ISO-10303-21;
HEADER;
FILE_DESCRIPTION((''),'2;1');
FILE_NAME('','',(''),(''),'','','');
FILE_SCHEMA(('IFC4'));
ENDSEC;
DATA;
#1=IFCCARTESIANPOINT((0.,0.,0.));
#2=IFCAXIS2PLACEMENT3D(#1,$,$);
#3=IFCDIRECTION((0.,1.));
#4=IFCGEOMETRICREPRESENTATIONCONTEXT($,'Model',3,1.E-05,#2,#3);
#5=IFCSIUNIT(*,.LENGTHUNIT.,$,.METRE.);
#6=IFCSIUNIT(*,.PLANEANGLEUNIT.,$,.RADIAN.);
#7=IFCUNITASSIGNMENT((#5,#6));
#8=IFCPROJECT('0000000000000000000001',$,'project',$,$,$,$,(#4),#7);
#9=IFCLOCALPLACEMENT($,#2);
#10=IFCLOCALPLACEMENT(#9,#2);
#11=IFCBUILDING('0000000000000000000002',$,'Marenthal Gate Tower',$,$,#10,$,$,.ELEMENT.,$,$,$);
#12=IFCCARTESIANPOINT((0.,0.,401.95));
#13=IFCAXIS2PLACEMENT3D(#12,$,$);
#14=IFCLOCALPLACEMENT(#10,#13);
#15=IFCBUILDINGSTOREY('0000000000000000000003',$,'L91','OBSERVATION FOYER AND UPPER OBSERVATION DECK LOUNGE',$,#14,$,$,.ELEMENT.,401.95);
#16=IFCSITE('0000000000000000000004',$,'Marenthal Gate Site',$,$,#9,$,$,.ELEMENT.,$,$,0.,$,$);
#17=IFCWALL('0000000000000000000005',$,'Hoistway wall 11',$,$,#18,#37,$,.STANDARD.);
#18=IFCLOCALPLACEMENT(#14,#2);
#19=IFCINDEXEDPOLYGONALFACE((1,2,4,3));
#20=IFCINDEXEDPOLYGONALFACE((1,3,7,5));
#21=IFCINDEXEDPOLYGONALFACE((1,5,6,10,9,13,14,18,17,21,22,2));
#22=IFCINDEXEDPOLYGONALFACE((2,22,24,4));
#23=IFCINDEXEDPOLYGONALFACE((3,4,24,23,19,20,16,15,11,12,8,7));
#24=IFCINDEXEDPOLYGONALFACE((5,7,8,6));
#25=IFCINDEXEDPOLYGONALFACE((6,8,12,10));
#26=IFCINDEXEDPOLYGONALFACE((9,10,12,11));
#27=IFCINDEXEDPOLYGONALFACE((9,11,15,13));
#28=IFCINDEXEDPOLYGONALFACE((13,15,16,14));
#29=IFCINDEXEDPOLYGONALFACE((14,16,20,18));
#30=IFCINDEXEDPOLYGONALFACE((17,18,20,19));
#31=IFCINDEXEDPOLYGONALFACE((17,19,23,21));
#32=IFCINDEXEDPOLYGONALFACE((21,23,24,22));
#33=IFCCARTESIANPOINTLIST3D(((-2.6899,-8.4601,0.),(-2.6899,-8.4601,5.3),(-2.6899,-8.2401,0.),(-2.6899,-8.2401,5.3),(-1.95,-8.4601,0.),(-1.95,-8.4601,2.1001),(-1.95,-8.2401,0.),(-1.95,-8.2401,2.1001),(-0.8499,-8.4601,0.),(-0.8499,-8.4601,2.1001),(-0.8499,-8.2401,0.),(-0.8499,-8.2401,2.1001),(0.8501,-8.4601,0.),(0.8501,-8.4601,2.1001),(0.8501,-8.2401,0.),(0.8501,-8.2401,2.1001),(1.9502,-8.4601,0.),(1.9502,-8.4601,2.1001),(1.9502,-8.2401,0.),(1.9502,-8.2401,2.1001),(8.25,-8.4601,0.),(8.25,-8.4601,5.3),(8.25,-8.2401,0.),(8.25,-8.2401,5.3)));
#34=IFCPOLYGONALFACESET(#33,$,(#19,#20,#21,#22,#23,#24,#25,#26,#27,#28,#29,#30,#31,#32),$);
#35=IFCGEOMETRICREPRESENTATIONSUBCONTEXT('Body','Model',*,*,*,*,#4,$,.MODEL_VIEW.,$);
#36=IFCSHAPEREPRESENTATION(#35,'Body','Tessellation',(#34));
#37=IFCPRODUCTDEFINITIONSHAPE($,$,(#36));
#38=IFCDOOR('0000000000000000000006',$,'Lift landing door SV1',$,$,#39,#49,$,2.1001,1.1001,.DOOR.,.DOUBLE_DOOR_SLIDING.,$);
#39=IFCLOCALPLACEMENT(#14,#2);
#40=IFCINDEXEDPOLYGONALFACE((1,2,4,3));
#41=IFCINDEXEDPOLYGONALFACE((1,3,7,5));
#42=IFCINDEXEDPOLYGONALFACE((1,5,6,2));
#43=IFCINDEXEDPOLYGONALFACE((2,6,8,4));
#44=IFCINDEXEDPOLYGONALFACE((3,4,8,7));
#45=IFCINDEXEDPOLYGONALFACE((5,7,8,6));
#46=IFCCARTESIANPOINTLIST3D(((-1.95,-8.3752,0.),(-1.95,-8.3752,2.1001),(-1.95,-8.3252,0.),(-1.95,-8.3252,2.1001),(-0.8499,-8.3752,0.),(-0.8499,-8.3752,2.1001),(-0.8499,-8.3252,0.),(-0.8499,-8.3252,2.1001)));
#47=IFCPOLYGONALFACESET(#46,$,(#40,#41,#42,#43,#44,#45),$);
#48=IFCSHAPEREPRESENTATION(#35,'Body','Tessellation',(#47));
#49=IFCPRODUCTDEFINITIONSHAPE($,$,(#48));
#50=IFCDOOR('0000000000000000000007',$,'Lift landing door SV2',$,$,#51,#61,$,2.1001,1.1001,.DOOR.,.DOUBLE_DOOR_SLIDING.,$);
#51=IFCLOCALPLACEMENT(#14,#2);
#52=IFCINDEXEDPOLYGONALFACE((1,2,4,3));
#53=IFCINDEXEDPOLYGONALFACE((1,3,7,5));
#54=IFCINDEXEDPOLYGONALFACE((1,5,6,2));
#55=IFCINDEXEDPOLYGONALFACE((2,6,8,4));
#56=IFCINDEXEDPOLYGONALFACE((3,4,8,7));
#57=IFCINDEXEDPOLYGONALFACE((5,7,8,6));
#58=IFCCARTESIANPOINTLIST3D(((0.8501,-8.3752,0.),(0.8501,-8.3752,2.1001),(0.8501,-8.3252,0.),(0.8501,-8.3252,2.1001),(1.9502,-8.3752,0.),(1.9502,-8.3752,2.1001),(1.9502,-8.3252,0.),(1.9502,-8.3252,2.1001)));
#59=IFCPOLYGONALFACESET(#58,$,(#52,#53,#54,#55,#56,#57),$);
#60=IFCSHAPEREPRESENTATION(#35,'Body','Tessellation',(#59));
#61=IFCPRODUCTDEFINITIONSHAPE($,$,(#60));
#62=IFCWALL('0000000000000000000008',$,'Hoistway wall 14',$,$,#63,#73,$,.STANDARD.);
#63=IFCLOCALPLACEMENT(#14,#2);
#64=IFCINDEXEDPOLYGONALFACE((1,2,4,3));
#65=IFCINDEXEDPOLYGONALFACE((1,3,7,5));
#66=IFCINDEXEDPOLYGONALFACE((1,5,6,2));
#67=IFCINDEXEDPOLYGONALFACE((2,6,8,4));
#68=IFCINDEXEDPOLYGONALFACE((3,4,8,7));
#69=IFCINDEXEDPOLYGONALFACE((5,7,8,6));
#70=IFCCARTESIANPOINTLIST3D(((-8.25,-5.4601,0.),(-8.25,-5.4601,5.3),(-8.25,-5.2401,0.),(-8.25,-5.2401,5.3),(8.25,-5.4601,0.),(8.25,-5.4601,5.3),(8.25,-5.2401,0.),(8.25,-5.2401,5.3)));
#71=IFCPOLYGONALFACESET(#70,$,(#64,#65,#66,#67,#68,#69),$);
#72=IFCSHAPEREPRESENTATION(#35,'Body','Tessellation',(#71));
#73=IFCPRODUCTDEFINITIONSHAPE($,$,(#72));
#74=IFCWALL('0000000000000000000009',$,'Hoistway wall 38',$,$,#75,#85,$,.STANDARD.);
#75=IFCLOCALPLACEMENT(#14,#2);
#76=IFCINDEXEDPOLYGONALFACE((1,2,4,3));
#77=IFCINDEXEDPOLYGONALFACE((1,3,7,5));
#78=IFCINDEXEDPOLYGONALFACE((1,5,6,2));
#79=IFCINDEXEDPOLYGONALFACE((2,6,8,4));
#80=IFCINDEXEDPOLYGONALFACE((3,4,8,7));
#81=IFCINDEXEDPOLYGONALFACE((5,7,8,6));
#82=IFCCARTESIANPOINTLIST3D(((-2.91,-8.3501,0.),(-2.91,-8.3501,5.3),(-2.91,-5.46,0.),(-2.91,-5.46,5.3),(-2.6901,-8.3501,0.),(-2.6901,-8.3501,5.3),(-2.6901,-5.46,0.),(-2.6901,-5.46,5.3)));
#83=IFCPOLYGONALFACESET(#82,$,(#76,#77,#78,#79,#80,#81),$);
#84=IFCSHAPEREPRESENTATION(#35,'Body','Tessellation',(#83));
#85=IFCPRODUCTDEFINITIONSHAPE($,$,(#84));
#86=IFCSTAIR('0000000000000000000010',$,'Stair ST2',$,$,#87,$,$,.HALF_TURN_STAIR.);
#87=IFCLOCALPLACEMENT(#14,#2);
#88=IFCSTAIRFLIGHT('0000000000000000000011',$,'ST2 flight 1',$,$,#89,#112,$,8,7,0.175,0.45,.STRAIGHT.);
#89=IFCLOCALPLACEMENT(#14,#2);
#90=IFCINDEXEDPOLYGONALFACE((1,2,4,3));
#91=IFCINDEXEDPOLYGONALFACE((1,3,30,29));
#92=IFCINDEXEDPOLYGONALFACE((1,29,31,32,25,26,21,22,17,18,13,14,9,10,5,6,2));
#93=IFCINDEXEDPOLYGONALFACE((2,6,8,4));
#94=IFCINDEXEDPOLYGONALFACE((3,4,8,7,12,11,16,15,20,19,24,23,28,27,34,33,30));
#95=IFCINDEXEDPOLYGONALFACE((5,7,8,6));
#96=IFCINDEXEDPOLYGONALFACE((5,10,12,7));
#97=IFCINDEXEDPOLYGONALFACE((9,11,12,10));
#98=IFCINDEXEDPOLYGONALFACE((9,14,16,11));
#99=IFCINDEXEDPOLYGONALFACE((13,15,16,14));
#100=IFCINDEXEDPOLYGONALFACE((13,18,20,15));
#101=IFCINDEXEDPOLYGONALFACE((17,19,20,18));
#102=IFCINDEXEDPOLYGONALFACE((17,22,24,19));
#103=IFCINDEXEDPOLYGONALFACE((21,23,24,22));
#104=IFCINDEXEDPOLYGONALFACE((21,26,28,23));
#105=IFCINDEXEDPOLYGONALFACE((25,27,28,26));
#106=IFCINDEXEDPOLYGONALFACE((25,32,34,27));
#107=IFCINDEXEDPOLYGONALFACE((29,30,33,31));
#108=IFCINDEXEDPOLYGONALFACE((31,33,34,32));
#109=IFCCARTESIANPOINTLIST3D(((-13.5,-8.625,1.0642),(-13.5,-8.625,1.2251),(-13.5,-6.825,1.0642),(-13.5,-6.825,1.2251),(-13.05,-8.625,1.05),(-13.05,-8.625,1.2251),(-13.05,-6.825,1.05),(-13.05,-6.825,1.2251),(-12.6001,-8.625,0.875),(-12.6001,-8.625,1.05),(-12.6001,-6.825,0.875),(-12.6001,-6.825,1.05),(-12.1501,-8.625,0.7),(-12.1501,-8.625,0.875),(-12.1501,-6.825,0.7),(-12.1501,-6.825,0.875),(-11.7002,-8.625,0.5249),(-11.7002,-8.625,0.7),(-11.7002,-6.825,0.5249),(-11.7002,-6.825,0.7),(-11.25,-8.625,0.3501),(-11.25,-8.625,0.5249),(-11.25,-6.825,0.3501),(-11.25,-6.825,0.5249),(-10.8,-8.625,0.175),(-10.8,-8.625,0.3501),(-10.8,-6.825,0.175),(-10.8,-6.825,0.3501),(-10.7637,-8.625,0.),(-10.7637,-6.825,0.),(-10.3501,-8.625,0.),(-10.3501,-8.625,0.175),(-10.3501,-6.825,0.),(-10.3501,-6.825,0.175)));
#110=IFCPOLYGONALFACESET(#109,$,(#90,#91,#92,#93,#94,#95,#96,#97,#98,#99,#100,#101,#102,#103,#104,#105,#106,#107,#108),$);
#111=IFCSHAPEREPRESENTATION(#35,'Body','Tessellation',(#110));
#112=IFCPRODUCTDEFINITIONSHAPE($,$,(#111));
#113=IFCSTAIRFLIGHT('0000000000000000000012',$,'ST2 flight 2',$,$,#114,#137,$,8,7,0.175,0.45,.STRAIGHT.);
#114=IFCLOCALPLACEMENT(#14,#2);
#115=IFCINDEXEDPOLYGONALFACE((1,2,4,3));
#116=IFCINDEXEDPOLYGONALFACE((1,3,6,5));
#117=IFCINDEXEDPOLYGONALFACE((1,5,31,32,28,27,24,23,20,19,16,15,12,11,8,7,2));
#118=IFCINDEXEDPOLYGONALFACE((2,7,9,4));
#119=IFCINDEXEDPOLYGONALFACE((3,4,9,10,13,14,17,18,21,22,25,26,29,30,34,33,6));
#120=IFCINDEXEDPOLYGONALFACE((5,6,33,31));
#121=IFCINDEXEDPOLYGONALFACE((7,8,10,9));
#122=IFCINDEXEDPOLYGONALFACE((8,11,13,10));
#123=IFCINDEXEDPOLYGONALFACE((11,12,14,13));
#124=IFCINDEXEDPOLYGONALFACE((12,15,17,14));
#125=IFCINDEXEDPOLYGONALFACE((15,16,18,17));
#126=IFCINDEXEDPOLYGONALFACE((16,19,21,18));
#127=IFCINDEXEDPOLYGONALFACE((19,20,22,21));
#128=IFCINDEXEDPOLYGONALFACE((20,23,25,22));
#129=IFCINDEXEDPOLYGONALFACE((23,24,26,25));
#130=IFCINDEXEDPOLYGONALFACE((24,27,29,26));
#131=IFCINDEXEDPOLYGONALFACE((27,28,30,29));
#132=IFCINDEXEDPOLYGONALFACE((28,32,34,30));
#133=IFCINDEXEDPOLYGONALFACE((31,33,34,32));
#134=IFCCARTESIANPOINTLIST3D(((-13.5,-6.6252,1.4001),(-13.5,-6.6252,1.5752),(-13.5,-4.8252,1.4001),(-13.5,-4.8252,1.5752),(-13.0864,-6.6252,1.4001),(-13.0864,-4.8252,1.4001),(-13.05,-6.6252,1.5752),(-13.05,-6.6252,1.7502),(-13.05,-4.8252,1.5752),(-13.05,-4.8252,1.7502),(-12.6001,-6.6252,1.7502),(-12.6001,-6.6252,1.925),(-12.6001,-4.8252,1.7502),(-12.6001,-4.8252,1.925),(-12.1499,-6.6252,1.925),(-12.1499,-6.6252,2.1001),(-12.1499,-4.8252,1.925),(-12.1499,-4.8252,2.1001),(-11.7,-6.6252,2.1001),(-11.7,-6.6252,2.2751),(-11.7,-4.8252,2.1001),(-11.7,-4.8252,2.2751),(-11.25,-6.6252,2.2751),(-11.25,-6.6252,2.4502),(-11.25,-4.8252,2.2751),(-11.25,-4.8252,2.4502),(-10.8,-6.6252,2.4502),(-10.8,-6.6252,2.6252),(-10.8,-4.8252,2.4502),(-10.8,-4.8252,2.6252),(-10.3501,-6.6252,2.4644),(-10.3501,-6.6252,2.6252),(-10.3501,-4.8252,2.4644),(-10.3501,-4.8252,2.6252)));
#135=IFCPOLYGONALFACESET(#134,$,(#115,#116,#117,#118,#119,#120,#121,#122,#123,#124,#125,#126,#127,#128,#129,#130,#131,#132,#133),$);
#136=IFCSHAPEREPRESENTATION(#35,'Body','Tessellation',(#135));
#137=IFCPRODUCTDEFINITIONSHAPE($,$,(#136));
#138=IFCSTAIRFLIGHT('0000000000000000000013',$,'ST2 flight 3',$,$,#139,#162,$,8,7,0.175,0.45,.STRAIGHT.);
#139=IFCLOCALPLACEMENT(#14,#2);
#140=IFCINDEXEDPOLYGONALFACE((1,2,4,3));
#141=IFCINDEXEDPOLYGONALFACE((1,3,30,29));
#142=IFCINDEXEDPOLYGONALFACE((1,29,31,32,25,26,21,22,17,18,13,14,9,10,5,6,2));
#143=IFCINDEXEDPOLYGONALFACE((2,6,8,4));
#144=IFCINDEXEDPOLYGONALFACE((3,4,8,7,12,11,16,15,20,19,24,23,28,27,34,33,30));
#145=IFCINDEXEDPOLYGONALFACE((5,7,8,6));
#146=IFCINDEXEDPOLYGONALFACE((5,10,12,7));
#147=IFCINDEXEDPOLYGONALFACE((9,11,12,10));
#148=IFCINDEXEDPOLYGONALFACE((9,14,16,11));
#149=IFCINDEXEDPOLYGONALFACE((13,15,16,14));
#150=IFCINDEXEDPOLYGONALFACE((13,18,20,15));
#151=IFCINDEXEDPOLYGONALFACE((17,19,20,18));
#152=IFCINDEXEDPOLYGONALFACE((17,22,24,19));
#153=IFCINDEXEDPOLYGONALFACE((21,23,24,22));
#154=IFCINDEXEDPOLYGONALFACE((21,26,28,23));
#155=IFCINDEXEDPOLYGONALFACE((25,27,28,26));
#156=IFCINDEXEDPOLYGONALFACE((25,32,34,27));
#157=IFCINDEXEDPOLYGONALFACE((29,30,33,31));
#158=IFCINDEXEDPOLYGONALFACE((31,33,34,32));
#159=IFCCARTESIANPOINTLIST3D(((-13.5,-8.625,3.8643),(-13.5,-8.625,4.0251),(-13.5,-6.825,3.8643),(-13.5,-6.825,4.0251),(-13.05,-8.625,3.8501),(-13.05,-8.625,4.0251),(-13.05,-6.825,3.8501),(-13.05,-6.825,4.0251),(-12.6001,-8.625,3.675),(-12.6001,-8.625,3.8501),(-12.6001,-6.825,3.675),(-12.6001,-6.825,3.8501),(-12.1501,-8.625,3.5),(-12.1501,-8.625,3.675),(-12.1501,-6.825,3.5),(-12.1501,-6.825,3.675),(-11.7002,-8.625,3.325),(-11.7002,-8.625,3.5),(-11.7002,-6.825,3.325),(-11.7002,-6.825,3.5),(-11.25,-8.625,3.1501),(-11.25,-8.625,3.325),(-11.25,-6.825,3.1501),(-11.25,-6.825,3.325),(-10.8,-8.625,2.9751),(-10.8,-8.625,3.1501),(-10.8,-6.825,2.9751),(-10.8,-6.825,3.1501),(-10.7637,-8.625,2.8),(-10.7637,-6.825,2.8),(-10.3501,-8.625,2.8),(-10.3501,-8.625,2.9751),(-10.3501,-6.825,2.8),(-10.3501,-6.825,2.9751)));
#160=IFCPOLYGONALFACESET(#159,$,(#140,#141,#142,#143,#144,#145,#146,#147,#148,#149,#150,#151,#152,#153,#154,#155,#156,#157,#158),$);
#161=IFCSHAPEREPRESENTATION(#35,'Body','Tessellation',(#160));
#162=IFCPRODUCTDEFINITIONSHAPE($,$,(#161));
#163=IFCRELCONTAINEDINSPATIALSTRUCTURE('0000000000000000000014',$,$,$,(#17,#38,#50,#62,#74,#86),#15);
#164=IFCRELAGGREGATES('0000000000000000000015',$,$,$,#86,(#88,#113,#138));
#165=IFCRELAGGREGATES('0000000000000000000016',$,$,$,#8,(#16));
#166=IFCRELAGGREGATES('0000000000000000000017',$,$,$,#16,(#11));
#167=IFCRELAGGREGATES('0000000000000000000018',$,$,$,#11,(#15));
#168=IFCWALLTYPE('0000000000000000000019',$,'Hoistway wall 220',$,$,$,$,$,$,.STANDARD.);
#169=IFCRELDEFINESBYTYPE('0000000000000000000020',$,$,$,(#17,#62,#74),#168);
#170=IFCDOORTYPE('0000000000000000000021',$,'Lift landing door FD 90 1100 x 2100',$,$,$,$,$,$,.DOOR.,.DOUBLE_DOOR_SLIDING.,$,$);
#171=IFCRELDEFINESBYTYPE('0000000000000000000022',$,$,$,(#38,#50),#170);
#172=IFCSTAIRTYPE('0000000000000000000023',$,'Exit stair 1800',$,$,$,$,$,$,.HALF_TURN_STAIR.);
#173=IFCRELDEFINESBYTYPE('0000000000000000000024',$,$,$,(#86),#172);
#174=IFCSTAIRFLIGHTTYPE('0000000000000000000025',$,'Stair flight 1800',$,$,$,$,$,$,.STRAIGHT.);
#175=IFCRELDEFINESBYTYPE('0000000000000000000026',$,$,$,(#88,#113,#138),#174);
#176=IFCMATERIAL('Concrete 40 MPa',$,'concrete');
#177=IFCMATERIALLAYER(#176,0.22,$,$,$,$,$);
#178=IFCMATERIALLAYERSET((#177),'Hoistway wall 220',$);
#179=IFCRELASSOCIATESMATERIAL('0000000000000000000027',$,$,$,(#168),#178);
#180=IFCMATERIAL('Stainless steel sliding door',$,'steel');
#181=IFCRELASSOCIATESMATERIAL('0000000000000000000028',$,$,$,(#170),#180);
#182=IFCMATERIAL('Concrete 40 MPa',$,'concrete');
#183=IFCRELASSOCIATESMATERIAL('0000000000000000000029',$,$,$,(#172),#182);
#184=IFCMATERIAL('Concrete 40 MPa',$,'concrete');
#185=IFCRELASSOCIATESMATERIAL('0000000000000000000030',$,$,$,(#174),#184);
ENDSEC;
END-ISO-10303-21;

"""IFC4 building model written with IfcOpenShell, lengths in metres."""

from ifc_helpers import new_model, si_unit, direction, frame, frame_2d, origin, place, context, subcontext, project, spatial, polyline, rectangle, outline, extrude, material, layer, layer_set, type_object, element, fill, aggregate, save


model = new_model("IFC4")

# Units and contexts
model_context = context("Model", 3, precision=1e-05, world=origin(), true_north=direction((0.0, 1.0)))
body_context = subcontext(model_context, "Body", "Model", "MODEL_VIEW")
ifc_project = project(units=[si_unit("LENGTHUNIT", "METRE"), si_unit("PLANEANGLEUNIT", "RADIAN")], contexts=[model_context])

# Site, building, storey
site_placement = place(None, origin())
site = spatial("IfcSite", under=ifc_project, at=site_placement, Name="Marenthal Gate Site", CompositionType="ELEMENT", RefElevation=0.0)
building_placement = place(site_placement, origin())
building = spatial("IfcBuilding", under=site, at=building_placement, Name="Marenthal Gate Tower", CompositionType="ELEMENT")
storey_placement = place(building_placement, frame((0.0, 0.0, 401.95)))
storey = spatial("IfcBuildingStorey", under=building, at=storey_placement, Name="L91", Description="OBSERVATION FOYER AND UPPER OBSERVATION DECK LOUNGE", CompositionType="ELEMENT", Elevation=401.95)

# Wall, openings, doors
ifc_material_1 = material(Name="Concrete 40 MPa", Category="concrete")
ifc_layer_1 = layer(ifc_material_1, 0.22)
ifc_layer_set_1 = layer_set([ifc_layer_1], Name="Hoistway wall 220")
wall_type_1 = type_object("IfcWallType", Name="Hoistway wall 220", PredefinedType="STANDARD", material=ifc_layer_set_1)
ifc_material_2 = material(Name="Stainless steel sliding door", Category="steel")
door_type_1 = type_object("IfcDoorType", Name="Lift landing door FD 90 1100 x 2100", OperationType="DOUBLE_DOOR_SLIDING", PredefinedType="DOOR", material=ifc_material_2)
wall_1_placement = place(storey_placement, frame((-2.6899, -8.3501, 0.0), z_axis=(0.0, 0.0, 1.0), x_axis=(1.0, 0.0, 0.0)))
wall_1 = element("IfcWall", 1, at=wall_1_placement, inside=storey, type_object=wall_type_1, Name="Hoistway wall 11", PredefinedType="STANDARD", context=body_context, shape_type="SweptSolid", body=[
    extrude(rectangle(XDim=10.9399, YDim=0.22, at=frame_2d((5.47, 0.0))), origin(), (0.0, 0.0, 1.0), 5.3),
])
opening_1_placement = place(wall_1_placement, frame((0.74, 0.0, 0.0)))
opening_1 = element("IfcOpeningElement", 2, at=opening_1_placement, cuts=wall_1, PredefinedType="OPENING", context=body_context, shape_type="SweptSolid", body=[
    extrude(rectangle(XDim=1.1001, YDim=2.1001, at=frame_2d((0.55, 1.05))), frame((0.0, 0.1201, 0.0), z_axis=(0.0, -1.0, 0.0), x_axis=(1.0, 0.0, 0.0)), (0.0, 0.0, 1.0), 0.24),
])
opening_2_placement = place(wall_1_placement, frame((3.54, 0.0, 0.0)))
opening_2 = element("IfcOpeningElement", 3, at=opening_2_placement, cuts=wall_1, PredefinedType="OPENING", context=body_context, shape_type="SweptSolid", body=[
    extrude(rectangle(XDim=1.1001, YDim=2.1001, at=frame_2d((0.55, 1.05))), frame((0.0, 0.1201, 0.0), z_axis=(0.0, -1.0, 0.0), x_axis=(1.0, 0.0, 0.0)), (0.0, 0.0, 1.0), 0.24),
])
door_1_placement = place(opening_1_placement, origin())
door_1 = element("IfcDoor", 4, at=door_1_placement, inside=storey, type_object=door_type_1, Name="Lift landing door SV1", OperationType="DOUBLE_DOOR_SLIDING", OverallHeight=2.1001, OverallWidth=1.1001, PredefinedType="DOOR", context=body_context, shape_type="SweptSolid", body=[
    extrude(rectangle(XDim=1.1001, YDim=2.1001, at=frame_2d((0.55, 1.05))), frame((0.0, 0.0249, 0.0), z_axis=(0.0, -1.0, 0.0), x_axis=(1.0, 0.0, 0.0)), (0.0, 0.0, 1.0), 0.05),
])
fill(opening_1, door_1)
door_2_placement = place(opening_2_placement, origin())
door_2 = element("IfcDoor", 5, at=door_2_placement, inside=storey, type_object=door_type_1, Name="Lift landing door SV2", OperationType="DOUBLE_DOOR_SLIDING", OverallHeight=2.1001, OverallWidth=1.1001, PredefinedType="DOOR", context=body_context, shape_type="SweptSolid", body=[
    extrude(rectangle(XDim=1.1001, YDim=2.1001, at=frame_2d((0.55, 1.05))), frame((0.0, 0.0249, 0.0), z_axis=(0.0, -1.0, 0.0), x_axis=(1.0, 0.0, 0.0)), (0.0, 0.0, 1.0), 0.05),
])
fill(opening_2, door_2)

# Walls
wall_2_placement = place(storey_placement, frame((-8.25, -5.3501, 0.0), z_axis=(0.0, 0.0, 1.0), x_axis=(1.0, 0.0, 0.0)))
element("IfcWall", 6, at=wall_2_placement, inside=storey, type_object=wall_type_1, Name="Hoistway wall 14", PredefinedType="STANDARD", context=body_context, shape_type="SweptSolid", body=[
    extrude(rectangle(XDim=16.5, YDim=0.22, at=frame_2d((8.25, 0.0))), origin(), (0.0, 0.0, 1.0), 5.3),
])
wall_3_placement = place(storey_placement, frame((-2.8, -8.3501, 0.0), z_axis=(0.0, 0.0, 1.0), x_axis=(0.0, 1.0, 0.0)))
element("IfcWall", 7, at=wall_3_placement, inside=storey, type_object=wall_type_1, Name="Hoistway wall 38", PredefinedType="STANDARD", context=body_context, shape_type="SweptSolid", body=[
    extrude(rectangle(XDim=2.8901, YDim=0.22, at=frame_2d((1.4451, 0.0))), origin(), (0.0, 0.0, 1.0), 5.3),
])

# Stair, stair flights
ifc_material_3 = material(Name="Concrete 40 MPa", Category="concrete")
stair_type = type_object("IfcStairType", Name="Exit stair 1800", PredefinedType="HALF_TURN_STAIR", material=ifc_material_3)
stair_placement = place(storey_placement, origin())
stair = element("IfcStair", 8, at=stair_placement, inside=storey, type_object=stair_type, Name="Stair ST2", PredefinedType="HALF_TURN_STAIR")
ifc_material_4 = material(Name="Concrete 40 MPa", Category="concrete")
stair_flight_type = type_object("IfcStairFlightType", Name="Stair flight 1800", PredefinedType="STRAIGHT", material=ifc_material_4)
stair_flight_1_placement = place(storey_placement, frame((-10.3501, -7.7251, 0.0), z_axis=(0.0, 0.0, 1.0), x_axis=(-1.0, 0.0, 0.0)))
stair_flight_1 = element("IfcStairFlight", 9, at=stair_flight_1_placement, type_object=stair_flight_type, Name="ST2 flight 1", NumberOfRisers=8, NumberOfTreads=7, PredefinedType="STRAIGHT", RiserHeight=0.175, TreadLength=0.45, context=body_context, shape_type="SweptSolid", body=[
    extrude(outline(polyline([(0.0, 0.0), (0.0, 0.175), (0.45, 0.175), (0.45, 0.3501), (0.8999, 0.3501), (0.8999, 0.5249), (1.3501, 0.5249), (1.3501, 0.7), (1.8, 0.7), (1.8, 0.875), (2.25, 0.875), (2.25, 1.05), (2.7, 1.05), (2.7, 1.2251), (3.1499, 1.2251), (3.1499, 1.3999), (3.1499, 1.0642), (0.4136, 0.0), (0.0, 0.0)])), frame((0.0, 0.8999, 0.0), z_axis=(0.0, -1.0, 0.0), x_axis=(1.0, 0.0, 0.0)), (0.0, 0.0, 1.0), 1.8),
])
stair_flight_2_placement = place(storey_placement, frame((-13.5, -5.7251, 1.4001), z_axis=(0.0, 0.0, 1.0), x_axis=(1.0, 0.0, 0.0)))
stair_flight_2 = element("IfcStairFlight", 10, at=stair_flight_2_placement, type_object=stair_flight_type, Name="ST2 flight 2", NumberOfRisers=8, NumberOfTreads=7, PredefinedType="STRAIGHT", RiserHeight=0.175, TreadLength=0.45, context=body_context, shape_type="SweptSolid", body=[
    extrude(outline(polyline([(0.0, 0.0), (0.0, 0.175), (0.45, 0.175), (0.45, 0.3501), (0.8999, 0.3501), (0.8999, 0.5249), (1.3501, 0.5249), (1.3501, 0.7), (1.8, 0.7), (1.8, 0.875), (2.25, 0.875), (2.25, 1.05), (2.7, 1.05), (2.7, 1.2251), (3.1499, 1.2251), (3.1499, 1.3999), (3.1499, 1.0642), (0.4136, 0.0), (0.0, 0.0)])), frame((0.0, 0.8999, 0.0), z_axis=(0.0, -1.0, 0.0), x_axis=(1.0, 0.0, 0.0)), (0.0, 0.0, 1.0), 1.8),
])
stair_flight_3_placement = place(storey_placement, frame((-10.3501, -7.7251, 2.8), z_axis=(0.0, 0.0, 1.0), x_axis=(-1.0, 0.0, 0.0)))
stair_flight_3 = element("IfcStairFlight", 11, at=stair_flight_3_placement, type_object=stair_flight_type, Name="ST2 flight 3", NumberOfRisers=8, NumberOfTreads=7, PredefinedType="STRAIGHT", RiserHeight=0.175, TreadLength=0.45, context=body_context, shape_type="SweptSolid", body=[
    extrude(outline(polyline([(0.0, 0.0), (0.0, 0.175), (0.45, 0.175), (0.45, 0.3501), (0.8999, 0.3501), (0.8999, 0.5249), (1.3501, 0.5249), (1.3501, 0.7), (1.8, 0.7), (1.8, 0.875), (2.25, 0.875), (2.25, 1.05), (2.7, 1.05), (2.7, 1.2251), (3.1499, 1.2251), (3.1499, 1.3999), (3.1499, 1.0642), (0.4136, 0.0), (0.0, 0.0)])), frame((0.0, 0.8999, 0.0), z_axis=(0.0, -1.0, 0.0), x_axis=(1.0, 0.0, 0.0)), (0.0, 0.0, 1.0), 1.8),
])
aggregate(stair, [stair_flight_1, stair_flight_2, stair_flight_3])

save(model, "model.ifc")
